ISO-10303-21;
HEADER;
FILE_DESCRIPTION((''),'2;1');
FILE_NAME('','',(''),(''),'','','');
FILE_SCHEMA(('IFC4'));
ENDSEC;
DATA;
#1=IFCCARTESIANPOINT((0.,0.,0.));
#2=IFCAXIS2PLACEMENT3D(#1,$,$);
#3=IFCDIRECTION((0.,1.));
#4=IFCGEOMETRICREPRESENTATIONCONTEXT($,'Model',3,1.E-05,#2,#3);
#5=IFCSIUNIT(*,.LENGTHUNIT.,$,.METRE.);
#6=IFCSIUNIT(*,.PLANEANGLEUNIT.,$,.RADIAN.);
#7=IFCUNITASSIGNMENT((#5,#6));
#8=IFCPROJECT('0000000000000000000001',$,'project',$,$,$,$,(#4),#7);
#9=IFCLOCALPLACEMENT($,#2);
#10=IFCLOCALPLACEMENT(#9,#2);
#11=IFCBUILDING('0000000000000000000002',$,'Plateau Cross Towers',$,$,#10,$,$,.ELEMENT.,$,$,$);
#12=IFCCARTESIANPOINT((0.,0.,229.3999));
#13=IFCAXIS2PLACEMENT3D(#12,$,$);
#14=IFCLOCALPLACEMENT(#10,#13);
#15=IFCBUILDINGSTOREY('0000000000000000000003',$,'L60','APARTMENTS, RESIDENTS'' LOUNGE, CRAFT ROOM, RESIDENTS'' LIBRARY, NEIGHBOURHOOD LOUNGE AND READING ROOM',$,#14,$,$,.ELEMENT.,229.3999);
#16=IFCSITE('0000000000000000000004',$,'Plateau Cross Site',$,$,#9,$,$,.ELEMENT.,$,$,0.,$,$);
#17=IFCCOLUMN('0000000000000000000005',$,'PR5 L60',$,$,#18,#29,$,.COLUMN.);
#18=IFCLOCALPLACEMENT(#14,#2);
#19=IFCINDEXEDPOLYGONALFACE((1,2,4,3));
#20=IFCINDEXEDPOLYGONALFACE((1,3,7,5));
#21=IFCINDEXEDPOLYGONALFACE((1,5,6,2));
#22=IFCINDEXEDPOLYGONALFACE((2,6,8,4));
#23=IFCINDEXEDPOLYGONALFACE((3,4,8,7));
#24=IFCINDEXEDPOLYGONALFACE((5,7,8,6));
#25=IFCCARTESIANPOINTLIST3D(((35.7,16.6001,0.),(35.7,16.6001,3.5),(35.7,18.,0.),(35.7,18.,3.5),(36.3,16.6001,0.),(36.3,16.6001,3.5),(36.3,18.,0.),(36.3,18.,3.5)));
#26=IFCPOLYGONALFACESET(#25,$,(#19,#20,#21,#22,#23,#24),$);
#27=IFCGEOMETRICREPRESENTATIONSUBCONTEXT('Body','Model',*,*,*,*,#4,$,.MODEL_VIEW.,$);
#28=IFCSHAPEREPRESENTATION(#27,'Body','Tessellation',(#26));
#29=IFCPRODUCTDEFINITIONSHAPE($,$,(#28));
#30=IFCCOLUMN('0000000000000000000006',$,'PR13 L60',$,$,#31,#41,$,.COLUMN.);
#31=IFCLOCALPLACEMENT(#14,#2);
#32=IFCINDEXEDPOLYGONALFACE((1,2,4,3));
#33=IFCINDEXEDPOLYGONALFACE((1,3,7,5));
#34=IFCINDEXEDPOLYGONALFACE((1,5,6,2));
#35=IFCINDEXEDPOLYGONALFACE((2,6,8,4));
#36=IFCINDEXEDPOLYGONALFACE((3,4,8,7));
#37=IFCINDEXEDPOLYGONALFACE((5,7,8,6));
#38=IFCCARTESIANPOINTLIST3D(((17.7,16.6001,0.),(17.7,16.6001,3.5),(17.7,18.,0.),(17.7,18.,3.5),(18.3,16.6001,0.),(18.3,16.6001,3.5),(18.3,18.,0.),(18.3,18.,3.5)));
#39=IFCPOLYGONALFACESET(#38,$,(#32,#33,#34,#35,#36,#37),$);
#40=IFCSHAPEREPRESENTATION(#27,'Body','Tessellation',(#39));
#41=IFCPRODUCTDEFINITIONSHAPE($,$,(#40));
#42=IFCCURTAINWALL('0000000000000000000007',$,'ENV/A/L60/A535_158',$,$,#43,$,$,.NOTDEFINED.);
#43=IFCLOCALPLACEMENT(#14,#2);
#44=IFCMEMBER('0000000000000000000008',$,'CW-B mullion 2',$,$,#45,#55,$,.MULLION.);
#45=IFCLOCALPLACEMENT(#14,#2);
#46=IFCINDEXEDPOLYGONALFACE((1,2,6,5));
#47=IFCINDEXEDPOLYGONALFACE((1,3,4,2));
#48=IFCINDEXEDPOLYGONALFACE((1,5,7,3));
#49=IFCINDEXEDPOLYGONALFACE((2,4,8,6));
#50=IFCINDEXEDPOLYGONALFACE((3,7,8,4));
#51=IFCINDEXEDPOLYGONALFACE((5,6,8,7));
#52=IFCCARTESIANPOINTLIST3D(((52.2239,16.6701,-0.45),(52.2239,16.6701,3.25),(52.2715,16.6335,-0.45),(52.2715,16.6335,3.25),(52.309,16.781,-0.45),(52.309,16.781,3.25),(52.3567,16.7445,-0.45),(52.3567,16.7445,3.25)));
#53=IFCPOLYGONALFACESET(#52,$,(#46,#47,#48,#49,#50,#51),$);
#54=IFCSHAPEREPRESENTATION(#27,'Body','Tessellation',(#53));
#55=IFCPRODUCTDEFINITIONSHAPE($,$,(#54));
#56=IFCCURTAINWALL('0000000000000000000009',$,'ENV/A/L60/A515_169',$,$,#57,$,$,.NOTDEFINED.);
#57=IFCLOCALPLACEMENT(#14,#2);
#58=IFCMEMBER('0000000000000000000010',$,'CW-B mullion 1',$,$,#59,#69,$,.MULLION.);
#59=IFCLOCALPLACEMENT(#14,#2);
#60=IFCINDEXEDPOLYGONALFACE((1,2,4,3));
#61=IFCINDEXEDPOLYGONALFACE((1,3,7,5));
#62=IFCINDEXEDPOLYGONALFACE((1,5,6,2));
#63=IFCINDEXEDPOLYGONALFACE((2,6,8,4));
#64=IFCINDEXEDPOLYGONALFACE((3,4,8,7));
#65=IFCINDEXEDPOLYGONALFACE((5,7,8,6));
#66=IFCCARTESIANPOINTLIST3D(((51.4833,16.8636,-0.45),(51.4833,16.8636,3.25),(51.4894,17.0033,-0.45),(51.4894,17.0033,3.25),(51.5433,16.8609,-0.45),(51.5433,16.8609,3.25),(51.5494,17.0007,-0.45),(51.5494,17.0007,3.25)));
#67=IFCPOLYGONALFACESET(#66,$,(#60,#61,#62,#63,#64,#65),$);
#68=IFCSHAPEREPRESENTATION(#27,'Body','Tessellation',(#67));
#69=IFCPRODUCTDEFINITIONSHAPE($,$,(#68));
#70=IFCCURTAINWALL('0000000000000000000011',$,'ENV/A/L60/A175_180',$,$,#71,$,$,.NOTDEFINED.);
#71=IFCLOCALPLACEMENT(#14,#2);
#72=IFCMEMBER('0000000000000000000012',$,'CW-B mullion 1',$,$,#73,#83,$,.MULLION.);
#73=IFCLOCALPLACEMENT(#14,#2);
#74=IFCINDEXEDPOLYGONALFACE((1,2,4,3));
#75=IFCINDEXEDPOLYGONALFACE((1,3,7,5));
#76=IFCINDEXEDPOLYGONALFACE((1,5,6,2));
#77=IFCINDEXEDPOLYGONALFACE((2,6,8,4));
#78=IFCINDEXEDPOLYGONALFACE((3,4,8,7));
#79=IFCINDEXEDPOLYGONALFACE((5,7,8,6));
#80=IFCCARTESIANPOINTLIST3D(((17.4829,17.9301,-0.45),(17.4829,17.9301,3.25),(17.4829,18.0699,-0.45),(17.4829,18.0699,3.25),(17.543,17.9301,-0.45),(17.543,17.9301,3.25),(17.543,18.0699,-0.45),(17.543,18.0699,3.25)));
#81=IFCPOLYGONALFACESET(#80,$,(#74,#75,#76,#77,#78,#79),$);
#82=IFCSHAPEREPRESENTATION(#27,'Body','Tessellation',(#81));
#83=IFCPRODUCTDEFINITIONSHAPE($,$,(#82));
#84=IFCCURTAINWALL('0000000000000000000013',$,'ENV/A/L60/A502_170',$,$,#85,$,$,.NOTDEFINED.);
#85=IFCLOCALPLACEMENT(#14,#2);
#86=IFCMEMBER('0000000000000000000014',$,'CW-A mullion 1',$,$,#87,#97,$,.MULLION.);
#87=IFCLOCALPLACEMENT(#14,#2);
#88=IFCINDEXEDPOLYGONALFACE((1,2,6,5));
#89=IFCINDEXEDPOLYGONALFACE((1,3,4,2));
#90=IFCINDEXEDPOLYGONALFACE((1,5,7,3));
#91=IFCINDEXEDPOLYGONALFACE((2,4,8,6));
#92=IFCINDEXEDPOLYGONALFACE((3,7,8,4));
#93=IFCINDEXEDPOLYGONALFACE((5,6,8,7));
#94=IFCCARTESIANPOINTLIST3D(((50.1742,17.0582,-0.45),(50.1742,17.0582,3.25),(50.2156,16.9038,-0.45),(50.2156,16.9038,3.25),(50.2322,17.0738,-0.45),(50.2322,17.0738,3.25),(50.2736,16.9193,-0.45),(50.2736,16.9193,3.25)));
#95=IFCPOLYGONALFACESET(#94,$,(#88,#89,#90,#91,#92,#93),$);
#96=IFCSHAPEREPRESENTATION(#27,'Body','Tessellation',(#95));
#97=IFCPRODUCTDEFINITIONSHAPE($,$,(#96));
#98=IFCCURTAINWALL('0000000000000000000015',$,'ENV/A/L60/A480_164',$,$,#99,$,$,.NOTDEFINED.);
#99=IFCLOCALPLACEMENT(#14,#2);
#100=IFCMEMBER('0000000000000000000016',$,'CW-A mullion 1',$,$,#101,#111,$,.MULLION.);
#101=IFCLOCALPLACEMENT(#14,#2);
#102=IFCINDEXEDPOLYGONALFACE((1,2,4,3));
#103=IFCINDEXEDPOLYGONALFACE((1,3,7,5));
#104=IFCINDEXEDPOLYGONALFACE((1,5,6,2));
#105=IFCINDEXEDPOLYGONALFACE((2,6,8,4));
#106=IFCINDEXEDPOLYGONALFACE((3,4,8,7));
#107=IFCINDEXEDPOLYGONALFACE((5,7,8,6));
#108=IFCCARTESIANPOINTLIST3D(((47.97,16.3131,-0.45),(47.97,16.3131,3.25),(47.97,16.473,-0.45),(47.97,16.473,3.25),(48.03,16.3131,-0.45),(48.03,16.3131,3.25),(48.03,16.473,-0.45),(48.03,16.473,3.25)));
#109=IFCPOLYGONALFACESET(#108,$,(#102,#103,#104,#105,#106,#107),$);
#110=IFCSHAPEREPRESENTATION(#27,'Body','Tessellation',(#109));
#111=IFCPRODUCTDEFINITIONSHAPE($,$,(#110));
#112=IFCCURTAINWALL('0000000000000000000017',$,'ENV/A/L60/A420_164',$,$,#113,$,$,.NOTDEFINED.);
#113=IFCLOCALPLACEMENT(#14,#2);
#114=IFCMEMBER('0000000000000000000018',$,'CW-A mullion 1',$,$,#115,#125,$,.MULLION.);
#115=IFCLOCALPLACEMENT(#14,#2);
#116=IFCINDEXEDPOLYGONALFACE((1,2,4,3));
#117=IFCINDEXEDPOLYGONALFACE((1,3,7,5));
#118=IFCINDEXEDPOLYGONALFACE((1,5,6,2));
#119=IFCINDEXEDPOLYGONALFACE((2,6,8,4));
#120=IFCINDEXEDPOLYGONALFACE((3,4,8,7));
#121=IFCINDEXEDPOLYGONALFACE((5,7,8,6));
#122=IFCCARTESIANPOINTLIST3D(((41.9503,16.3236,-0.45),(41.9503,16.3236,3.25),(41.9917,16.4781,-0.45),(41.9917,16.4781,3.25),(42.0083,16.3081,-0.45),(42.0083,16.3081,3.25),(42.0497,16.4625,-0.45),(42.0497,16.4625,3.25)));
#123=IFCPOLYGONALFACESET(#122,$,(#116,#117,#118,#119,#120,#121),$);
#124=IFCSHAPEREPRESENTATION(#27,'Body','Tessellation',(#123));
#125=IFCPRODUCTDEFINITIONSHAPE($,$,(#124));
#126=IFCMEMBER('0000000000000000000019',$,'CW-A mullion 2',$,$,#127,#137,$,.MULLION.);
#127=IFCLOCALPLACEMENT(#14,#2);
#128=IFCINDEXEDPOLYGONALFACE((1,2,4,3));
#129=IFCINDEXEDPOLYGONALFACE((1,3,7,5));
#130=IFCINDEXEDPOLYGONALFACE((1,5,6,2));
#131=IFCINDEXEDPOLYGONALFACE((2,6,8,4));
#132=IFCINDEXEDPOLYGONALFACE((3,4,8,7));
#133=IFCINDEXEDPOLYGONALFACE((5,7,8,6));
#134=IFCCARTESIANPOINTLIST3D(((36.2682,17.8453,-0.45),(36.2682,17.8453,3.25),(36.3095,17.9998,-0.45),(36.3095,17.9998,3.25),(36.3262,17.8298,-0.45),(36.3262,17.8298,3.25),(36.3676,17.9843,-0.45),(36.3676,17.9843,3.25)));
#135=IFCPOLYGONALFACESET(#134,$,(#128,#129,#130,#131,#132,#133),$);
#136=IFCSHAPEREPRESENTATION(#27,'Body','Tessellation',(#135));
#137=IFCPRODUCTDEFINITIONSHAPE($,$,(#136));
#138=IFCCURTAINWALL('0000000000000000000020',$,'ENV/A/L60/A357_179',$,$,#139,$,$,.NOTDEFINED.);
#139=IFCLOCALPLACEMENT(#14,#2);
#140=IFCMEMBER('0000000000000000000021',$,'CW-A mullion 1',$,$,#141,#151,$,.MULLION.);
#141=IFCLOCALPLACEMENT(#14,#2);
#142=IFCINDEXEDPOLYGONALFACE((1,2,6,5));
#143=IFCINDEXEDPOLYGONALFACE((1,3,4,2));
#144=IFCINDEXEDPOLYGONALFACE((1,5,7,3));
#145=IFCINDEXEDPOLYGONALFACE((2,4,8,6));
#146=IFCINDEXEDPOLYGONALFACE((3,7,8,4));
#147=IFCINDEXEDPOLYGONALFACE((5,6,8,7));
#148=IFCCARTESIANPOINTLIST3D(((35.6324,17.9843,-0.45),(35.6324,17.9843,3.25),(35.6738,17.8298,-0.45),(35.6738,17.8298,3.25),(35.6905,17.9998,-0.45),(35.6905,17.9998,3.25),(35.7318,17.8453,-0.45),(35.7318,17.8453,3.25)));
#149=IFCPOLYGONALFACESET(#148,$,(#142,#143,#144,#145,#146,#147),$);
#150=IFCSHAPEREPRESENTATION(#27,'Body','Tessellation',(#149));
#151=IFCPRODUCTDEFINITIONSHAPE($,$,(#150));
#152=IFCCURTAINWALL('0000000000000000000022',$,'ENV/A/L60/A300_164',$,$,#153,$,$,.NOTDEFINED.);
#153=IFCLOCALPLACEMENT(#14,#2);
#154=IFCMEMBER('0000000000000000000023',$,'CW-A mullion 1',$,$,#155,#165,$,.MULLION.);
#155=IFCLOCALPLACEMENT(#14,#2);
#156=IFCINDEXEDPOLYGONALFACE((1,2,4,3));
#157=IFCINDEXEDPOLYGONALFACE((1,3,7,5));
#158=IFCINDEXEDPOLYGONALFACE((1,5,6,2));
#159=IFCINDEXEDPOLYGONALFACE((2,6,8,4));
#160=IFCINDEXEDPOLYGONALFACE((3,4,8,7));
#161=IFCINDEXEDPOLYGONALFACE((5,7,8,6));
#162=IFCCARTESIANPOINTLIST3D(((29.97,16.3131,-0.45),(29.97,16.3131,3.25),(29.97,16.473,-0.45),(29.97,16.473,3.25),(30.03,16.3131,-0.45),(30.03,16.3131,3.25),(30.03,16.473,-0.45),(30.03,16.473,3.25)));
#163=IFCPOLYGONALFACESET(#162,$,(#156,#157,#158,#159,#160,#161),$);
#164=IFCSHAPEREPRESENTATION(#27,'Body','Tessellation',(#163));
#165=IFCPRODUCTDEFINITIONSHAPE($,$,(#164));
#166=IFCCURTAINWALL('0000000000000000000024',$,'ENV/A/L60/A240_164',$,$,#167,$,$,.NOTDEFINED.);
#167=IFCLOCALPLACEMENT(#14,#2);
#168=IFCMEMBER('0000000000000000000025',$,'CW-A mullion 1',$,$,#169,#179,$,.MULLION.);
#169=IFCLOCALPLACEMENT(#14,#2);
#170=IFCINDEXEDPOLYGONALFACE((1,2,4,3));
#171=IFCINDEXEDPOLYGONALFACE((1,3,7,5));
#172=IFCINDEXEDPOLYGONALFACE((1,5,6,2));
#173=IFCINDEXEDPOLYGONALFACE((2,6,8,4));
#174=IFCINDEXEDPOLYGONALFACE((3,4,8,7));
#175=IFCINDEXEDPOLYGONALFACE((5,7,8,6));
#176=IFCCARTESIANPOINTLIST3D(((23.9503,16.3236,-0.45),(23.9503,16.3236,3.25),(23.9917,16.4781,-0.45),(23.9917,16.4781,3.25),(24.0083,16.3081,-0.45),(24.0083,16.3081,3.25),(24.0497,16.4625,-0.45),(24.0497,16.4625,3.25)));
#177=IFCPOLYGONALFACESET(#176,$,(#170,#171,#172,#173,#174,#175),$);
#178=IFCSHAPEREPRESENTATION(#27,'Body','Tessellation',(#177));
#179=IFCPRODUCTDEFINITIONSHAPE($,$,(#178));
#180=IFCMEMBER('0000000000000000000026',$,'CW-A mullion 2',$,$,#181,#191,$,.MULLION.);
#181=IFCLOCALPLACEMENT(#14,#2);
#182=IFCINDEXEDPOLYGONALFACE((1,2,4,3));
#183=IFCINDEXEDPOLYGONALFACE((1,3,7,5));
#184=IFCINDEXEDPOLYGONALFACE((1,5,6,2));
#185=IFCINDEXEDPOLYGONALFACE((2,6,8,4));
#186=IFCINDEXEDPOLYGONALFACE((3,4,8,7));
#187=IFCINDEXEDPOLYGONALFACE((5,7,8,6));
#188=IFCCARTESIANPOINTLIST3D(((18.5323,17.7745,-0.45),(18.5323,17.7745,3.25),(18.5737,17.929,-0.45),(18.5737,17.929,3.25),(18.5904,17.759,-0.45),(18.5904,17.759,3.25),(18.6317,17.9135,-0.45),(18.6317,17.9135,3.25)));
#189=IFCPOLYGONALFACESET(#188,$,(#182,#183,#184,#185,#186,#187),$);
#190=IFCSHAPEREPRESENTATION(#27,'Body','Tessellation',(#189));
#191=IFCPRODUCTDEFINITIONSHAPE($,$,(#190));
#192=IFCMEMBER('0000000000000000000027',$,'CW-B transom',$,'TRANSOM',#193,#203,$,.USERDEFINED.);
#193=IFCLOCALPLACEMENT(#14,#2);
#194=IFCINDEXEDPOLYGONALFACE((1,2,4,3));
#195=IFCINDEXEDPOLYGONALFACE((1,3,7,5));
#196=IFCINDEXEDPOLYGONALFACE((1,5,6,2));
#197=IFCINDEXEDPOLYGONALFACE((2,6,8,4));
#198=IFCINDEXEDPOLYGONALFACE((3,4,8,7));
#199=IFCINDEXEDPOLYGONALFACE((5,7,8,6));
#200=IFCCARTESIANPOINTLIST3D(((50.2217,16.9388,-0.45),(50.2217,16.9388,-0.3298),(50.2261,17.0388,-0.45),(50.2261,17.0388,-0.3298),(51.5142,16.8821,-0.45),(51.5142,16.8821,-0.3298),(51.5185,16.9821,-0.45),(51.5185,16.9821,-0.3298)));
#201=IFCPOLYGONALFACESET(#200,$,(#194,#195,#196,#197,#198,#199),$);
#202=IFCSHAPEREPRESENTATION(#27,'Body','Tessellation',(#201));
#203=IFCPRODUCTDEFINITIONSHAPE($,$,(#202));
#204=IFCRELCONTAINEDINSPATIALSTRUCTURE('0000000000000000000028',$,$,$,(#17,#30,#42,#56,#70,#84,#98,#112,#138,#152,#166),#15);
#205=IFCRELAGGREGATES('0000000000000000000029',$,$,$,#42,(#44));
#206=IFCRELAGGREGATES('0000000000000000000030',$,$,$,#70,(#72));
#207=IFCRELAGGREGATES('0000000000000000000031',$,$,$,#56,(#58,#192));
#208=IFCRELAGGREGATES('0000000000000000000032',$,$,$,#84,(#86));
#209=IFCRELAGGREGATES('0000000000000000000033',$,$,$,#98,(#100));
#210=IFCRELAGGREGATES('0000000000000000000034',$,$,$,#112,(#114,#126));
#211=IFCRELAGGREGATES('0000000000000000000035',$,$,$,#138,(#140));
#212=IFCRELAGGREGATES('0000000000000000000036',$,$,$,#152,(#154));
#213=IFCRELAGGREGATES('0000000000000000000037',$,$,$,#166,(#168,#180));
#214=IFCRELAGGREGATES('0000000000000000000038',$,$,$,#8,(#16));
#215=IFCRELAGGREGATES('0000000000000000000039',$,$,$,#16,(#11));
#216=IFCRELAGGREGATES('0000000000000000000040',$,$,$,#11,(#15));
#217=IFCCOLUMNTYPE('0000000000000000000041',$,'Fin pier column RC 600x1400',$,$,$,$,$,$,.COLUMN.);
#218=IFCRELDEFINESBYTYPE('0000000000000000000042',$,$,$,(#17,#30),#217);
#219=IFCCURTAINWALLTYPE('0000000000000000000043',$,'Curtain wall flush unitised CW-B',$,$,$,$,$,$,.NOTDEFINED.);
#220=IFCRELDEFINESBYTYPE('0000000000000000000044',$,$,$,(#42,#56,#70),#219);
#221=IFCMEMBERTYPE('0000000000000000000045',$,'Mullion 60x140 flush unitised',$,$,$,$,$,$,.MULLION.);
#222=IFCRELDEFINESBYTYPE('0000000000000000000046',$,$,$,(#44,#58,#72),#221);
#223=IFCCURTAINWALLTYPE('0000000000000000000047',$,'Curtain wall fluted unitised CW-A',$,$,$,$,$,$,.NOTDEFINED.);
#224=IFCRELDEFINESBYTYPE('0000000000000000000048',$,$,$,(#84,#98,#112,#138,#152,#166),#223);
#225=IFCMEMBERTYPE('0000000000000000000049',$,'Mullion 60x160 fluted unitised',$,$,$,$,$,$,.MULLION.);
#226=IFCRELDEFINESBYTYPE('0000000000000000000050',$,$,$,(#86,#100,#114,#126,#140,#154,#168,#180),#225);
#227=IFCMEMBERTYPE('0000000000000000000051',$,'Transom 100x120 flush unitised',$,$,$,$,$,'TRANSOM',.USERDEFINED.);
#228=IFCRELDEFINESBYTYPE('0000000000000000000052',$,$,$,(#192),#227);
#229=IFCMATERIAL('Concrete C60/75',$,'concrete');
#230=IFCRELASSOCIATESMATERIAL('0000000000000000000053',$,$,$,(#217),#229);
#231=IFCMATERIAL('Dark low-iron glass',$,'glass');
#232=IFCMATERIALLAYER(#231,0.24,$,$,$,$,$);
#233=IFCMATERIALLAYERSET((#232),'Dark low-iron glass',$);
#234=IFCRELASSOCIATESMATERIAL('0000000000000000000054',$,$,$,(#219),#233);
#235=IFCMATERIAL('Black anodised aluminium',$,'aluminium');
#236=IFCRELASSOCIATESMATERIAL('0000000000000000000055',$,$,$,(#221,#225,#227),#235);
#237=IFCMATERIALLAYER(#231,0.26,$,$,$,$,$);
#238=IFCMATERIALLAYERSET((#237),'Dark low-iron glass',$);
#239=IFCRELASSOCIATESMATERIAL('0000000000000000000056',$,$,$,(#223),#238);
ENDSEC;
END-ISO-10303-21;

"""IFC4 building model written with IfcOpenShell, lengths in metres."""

from ifc_helpers import new_model, si_unit, direction, frame, origin, origin_2d, place, context, subcontext, project, spatial, rectangle, extrude, material, layer, layer_set, material_profile, profile_set, type_object, element, aggregate, save


model = new_model("IFC4")

# Units and contexts
model_context = context("Model", 3, precision=1e-05, world=origin(), true_north=direction((0.0, 1.0)))
body_context = subcontext(model_context, "Body", "Model", "MODEL_VIEW")
ifc_project = project(units=[si_unit("LENGTHUNIT", "METRE"), si_unit("PLANEANGLEUNIT", "RADIAN")], contexts=[model_context])

# Site, building, storey
site_placement = place(None, origin())
site = spatial("IfcSite", under=ifc_project, at=site_placement, Name="Plateau Cross Site", CompositionType="ELEMENT", RefElevation=0.0)
building_placement = place(site_placement, origin())
building = spatial("IfcBuilding", under=site, at=building_placement, Name="Plateau Cross Towers", CompositionType="ELEMENT")
storey_placement = place(building_placement, frame((0.0, 0.0, 229.3999)))
storey = spatial("IfcBuildingStorey", under=building, at=storey_placement, Name="L60", Description="APARTMENTS, RESIDENTS' LOUNGE, CRAFT ROOM, RESIDENTS' LIBRARY, NEIGHBOURHOOD LOUNGE AND READING ROOM", CompositionType="ELEMENT", Elevation=229.3999)

# Columns
ifc_material_1 = material(Name="Concrete C60/75", Category="concrete")
ifc_material_profile_1 = material_profile(ifc_material_1, rectangle(XDim=0.6001, YDim=1.3999, at=origin_2d()), Name="RC 600x1400")
ifc_profile_set_1 = profile_set([ifc_material_profile_1], Name="Concrete C60/75")
column_type = type_object("IfcColumnType", Name="Fin pier column RC 600x1400", PredefinedType="COLUMN", material=ifc_profile_set_1)
for number, where, z_axis, x_axis, name in (
    (1, (36.0, 17.3, 0.0), (0.0, 0.0, 1.0), (1.0, 0.0, 0.0), "PR5 L60"),
    (2, (18.0, 17.3, 0.0), (0.0, 0.0, 1.0), (1.0, 0.0, 0.0), "PR13 L60"),
):
    element("IfcColumn", number, at=place(storey_placement, frame(where, z_axis=z_axis, x_axis=x_axis)), inside=storey, type_object=column_type, Name=name, PredefinedType="COLUMN", context=body_context, shape_type="SweptSolid", body=[
        extrude(rectangle(XDim=0.6001, YDim=1.3999, at=origin_2d()), origin(), (0.0, 0.0, 1.0), 3.5),
    ])

# Curtain walls, members
ifc_material_2 = material(Name="Dark low-iron glass", Category="glass")
ifc_layer_1 = layer(ifc_material_2, 0.24)
ifc_layer_set_1 = layer_set([ifc_layer_1], Name="Dark low-iron glass")
curtain_wall_type_1 = type_object("IfcCurtainWallType", Name="Curtain wall flush unitised CW-B", PredefinedType="NOTDEFINED", material=ifc_layer_set_1)
curtain_wall_1_placement = place(storey_placement, origin())
curtain_wall_1 = element("IfcCurtainWall", 3, at=curtain_wall_1_placement, inside=storey, type_object=curtain_wall_type_1, Name="ENV/A/L60/A535_158", PredefinedType="NOTDEFINED")
ifc_material_3 = material(Name="Black anodised aluminium", Category="aluminium")
ifc_material_profile_2 = material_profile(ifc_material_3, rectangle(XDim=0.0601, YDim=0.1399, at=origin_2d()), Name="MULLION 60x140")
ifc_profile_set_2 = profile_set([ifc_material_profile_2], Name="Black anodised aluminium")
member_type_1 = type_object("IfcMemberType", Name="Mullion 60x140 flush unitised", PredefinedType="MULLION", material=ifc_profile_set_2)
member_1_placement = place(storey_placement, frame((52.2903, 16.7073, -0.45), z_axis=(0.0, 0.0, 1.0), x_axis=(-0.793316, 0.608811, 0.0)))
member_1 = element("IfcMember", 4, at=member_1_placement, type_object=member_type_1, Name="CW-B mullion 2", PredefinedType="MULLION", context=body_context, shape_type="SweptSolid", body=[
    extrude(rectangle(XDim=0.0601, YDim=0.1399, at=origin_2d()), origin(), (0.0, 0.0, 1.0), 3.7),
])
aggregate(curtain_wall_1, [member_1])
curtain_wall_2_placement = place(storey_placement, origin())
curtain_wall_2 = element("IfcCurtainWall", 5, at=curtain_wall_2_placement, inside=storey, type_object=curtain_wall_type_1, Name="ENV/A/L60/A515_169", PredefinedType="NOTDEFINED")
member_2_placement = place(storey_placement, frame((51.5164, 16.9321, -0.45), z_axis=(0.0, 0.0, 1.0), x_axis=(-0.999044, 0.043723, 0.0)))
member_2 = element("IfcMember", 6, at=member_2_placement, type_object=member_type_1, Name="CW-B mullion 1", PredefinedType="MULLION", context=body_context, shape_type="SweptSolid", body=[
    extrude(rectangle(XDim=0.0601, YDim=0.1399, at=origin_2d()), origin(), (0.0, 0.0, 1.0), 3.7),
])
curtain_wall_3_placement = place(storey_placement, origin())
curtain_wall_3 = element("IfcCurtainWall", 7, at=curtain_wall_3_placement, inside=storey, type_object=curtain_wall_type_1, Name="ENV/A/L60/A175_180", PredefinedType="NOTDEFINED")
member_3_placement = place(storey_placement, frame((17.5129, 18.0, -0.45), z_axis=(0.0, 0.0, 1.0), x_axis=(-1.0, 0.0, 0.0)))
member_3 = element("IfcMember", 8, at=member_3_placement, type_object=member_type_1, Name="CW-B mullion 1", PredefinedType="MULLION", context=body_context, shape_type="SweptSolid", body=[
    extrude(rectangle(XDim=0.0601, YDim=0.1399, at=origin_2d()), origin(), (0.0, 0.0, 1.0), 3.7),
])
ifc_layer_2 = layer(ifc_material_2, 0.26)
ifc_layer_set_2 = layer_set([ifc_layer_2], Name="Dark low-iron glass")
curtain_wall_type_2 = type_object("IfcCurtainWallType", Name="Curtain wall fluted unitised CW-A", PredefinedType="NOTDEFINED", material=ifc_layer_set_2)
curtain_wall_4_placement = place(storey_placement, origin())
curtain_wall_4 = element("IfcCurtainWall", 9, at=curtain_wall_4_placement, inside=storey, type_object=curtain_wall_type_2, Name="ENV/A/L60/A502_170", PredefinedType="NOTDEFINED")
ifc_material_profile_3 = material_profile(ifc_material_3, rectangle(XDim=0.0601, YDim=0.1599, at=origin_2d()), Name="MULLION 60x160")
ifc_profile_set_3 = profile_set([ifc_material_profile_3], Name="Black anodised aluminium")
member_type_2 = type_object("IfcMemberType", Name="Mullion 60x160 fluted unitised", PredefinedType="MULLION", material=ifc_profile_set_3)
member_4_placement = place(storey_placement, frame((50.2239, 16.9888, -0.45), z_axis=(0.0, 0.0, 1.0), x_axis=(-0.965958, -0.258699, 0.0)))
member_4 = element("IfcMember", 10, at=member_4_placement, type_object=member_type_2, Name="CW-A mullion 1", PredefinedType="MULLION", context=body_context, shape_type="SweptSolid", body=[
    extrude(rectangle(XDim=0.0601, YDim=0.1599, at=origin_2d()), origin(), (0.0, 0.0, 1.0), 3.7),
])
curtain_wall_5_placement = place(storey_placement, origin())
curtain_wall_5 = element("IfcCurtainWall", 11, at=curtain_wall_5_placement, inside=storey, type_object=curtain_wall_type_2, Name="ENV/A/L60/A480_164", PredefinedType="NOTDEFINED")
member_5_placement = place(storey_placement, frame((48.0, 16.3931, -0.45), z_axis=(0.0, 0.0, 1.0), x_axis=(-1.0, 0.0, 0.0)))
member_5 = element("IfcMember", 12, at=member_5_placement, type_object=member_type_2, Name="CW-A mullion 1", PredefinedType="MULLION", context=body_context, shape_type="SweptSolid", body=[
    extrude(rectangle(XDim=0.0601, YDim=0.1599, at=origin_2d()), origin(), (0.0, 0.0, 1.0), 3.7),
])

# Curtain wall, members
curtain_wall_6_placement = place(storey_placement, origin())
curtain_wall_6 = element("IfcCurtainWall", 13, at=curtain_wall_6_placement, inside=storey, type_object=curtain_wall_type_2, Name="ENV/A/L60/A420_164", PredefinedType="NOTDEFINED")
member_6_placement = place(storey_placement, frame((42.0, 16.3931, -0.45), z_axis=(0.0, 0.0, 1.0), x_axis=(-0.965958, 0.258699, 0.0)))
member_6 = element("IfcMember", 14, at=member_6_placement, type_object=member_type_2, Name="CW-A mullion 1", PredefinedType="MULLION", context=body_context, shape_type="SweptSolid", body=[
    extrude(rectangle(XDim=0.0601, YDim=0.1599, at=origin_2d()), origin(), (0.0, 0.0, 1.0), 3.7),
])
member_7_placement = place(storey_placement, frame((36.3179, 17.9148, -0.45), z_axis=(0.0, 0.0, 1.0), x_axis=(-0.965958, 0.258699, 0.0)))
member_7 = element("IfcMember", 15, at=member_7_placement, type_object=member_type_2, Name="CW-A mullion 2", PredefinedType="MULLION", context=body_context, shape_type="SweptSolid", body=[
    extrude(rectangle(XDim=0.0601, YDim=0.1599, at=origin_2d()), origin(), (0.0, 0.0, 1.0), 3.7),
])

# Curtain walls, members
curtain_wall_7_placement = place(storey_placement, origin())
curtain_wall_7 = element("IfcCurtainWall", 16, at=curtain_wall_7_placement, inside=storey, type_object=curtain_wall_type_2, Name="ENV/A/L60/A357_179", PredefinedType="NOTDEFINED")
member_8_placement = place(storey_placement, frame((35.6821, 17.9148, -0.45), z_axis=(0.0, 0.0, 1.0), x_axis=(-0.965958, -0.258699, 0.0)))
member_8 = element("IfcMember", 17, at=member_8_placement, type_object=member_type_2, Name="CW-A mullion 1", PredefinedType="MULLION", context=body_context, shape_type="SweptSolid", body=[
    extrude(rectangle(XDim=0.0601, YDim=0.1599, at=origin_2d()), origin(), (0.0, 0.0, 1.0), 3.7),
])
curtain_wall_8_placement = place(storey_placement, origin())
curtain_wall_8 = element("IfcCurtainWall", 18, at=curtain_wall_8_placement, inside=storey, type_object=curtain_wall_type_2, Name="ENV/A/L60/A300_164", PredefinedType="NOTDEFINED")
member_9_placement = place(storey_placement, frame((30.0, 16.3931, -0.45), z_axis=(0.0, 0.0, 1.0), x_axis=(-1.0, 0.0, 0.0)))
member_9 = element("IfcMember", 19, at=member_9_placement, type_object=member_type_2, Name="CW-A mullion 1", PredefinedType="MULLION", context=body_context, shape_type="SweptSolid", body=[
    extrude(rectangle(XDim=0.0601, YDim=0.1599, at=origin_2d()), origin(), (0.0, 0.0, 1.0), 3.7),
])

# Curtain wall, members
curtain_wall_9_placement = place(storey_placement, origin())
curtain_wall_9 = element("IfcCurtainWall", 20, at=curtain_wall_9_placement, inside=storey, type_object=curtain_wall_type_2, Name="ENV/A/L60/A240_164", PredefinedType="NOTDEFINED")
member_10_placement = place(storey_placement, frame((24.0, 16.3931, -0.45), z_axis=(0.0, 0.0, 1.0), x_axis=(-0.965958, 0.258699, 0.0)))
member_10 = element("IfcMember", 21, at=member_10_placement, type_object=member_type_2, Name="CW-A mullion 1", PredefinedType="MULLION", context=body_context, shape_type="SweptSolid", body=[
    extrude(rectangle(XDim=0.0601, YDim=0.1599, at=origin_2d()), origin(), (0.0, 0.0, 1.0), 3.7),
])
member_11_placement = place(storey_placement, frame((18.582, 17.844, -0.45), z_axis=(0.0, 0.0, 1.0), x_axis=(-0.965958, 0.258699, 0.0)))
member_11 = element("IfcMember", 22, at=member_11_placement, type_object=member_type_2, Name="CW-A mullion 2", PredefinedType="MULLION", context=body_context, shape_type="SweptSolid", body=[
    extrude(rectangle(XDim=0.0601, YDim=0.1599, at=origin_2d()), origin(), (0.0, 0.0, 1.0), 3.7),
])

# Member
ifc_material_profile_4 = material_profile(ifc_material_3, rectangle(XDim=0.1001, YDim=0.1201, at=origin_2d()), Name="TRANSOM 100x120")
ifc_profile_set_4 = profile_set([ifc_material_profile_4], Name="Black anodised aluminium")
member_type_3 = type_object("IfcMemberType", Name="Transom 100x120 flush unitised", ElementType="TRANSOM", PredefinedType="USERDEFINED", material=ifc_profile_set_4)
member_12_placement = place(storey_placement, frame((51.5164, 16.9321, -0.3899), z_axis=(-0.999041, 0.043781, 0.0), x_axis=(-0.043781, -0.999041, 0.0)))
member_12 = element("IfcMember", 23, at=member_12_placement, type_object=member_type_3, Name="CW-B transom", ObjectType="TRANSOM", PredefinedType="USERDEFINED", context=body_context, shape_type="SweptSolid", body=[
    extrude(rectangle(XDim=0.1001, YDim=0.1201, at=origin_2d()), origin(), (0.0, 0.0, 1.0), 1.2937),
])
aggregate(curtain_wall_3, [member_3])

aggregate(curtain_wall_2, [member_2, member_12])
aggregate(curtain_wall_4, [member_4])
aggregate(curtain_wall_5, [member_5])
aggregate(curtain_wall_6, [member_6, member_7])
aggregate(curtain_wall_7, [member_8])
aggregate(curtain_wall_8, [member_9])
aggregate(curtain_wall_9, [member_10, member_11])

save(model, "model.ifc")
